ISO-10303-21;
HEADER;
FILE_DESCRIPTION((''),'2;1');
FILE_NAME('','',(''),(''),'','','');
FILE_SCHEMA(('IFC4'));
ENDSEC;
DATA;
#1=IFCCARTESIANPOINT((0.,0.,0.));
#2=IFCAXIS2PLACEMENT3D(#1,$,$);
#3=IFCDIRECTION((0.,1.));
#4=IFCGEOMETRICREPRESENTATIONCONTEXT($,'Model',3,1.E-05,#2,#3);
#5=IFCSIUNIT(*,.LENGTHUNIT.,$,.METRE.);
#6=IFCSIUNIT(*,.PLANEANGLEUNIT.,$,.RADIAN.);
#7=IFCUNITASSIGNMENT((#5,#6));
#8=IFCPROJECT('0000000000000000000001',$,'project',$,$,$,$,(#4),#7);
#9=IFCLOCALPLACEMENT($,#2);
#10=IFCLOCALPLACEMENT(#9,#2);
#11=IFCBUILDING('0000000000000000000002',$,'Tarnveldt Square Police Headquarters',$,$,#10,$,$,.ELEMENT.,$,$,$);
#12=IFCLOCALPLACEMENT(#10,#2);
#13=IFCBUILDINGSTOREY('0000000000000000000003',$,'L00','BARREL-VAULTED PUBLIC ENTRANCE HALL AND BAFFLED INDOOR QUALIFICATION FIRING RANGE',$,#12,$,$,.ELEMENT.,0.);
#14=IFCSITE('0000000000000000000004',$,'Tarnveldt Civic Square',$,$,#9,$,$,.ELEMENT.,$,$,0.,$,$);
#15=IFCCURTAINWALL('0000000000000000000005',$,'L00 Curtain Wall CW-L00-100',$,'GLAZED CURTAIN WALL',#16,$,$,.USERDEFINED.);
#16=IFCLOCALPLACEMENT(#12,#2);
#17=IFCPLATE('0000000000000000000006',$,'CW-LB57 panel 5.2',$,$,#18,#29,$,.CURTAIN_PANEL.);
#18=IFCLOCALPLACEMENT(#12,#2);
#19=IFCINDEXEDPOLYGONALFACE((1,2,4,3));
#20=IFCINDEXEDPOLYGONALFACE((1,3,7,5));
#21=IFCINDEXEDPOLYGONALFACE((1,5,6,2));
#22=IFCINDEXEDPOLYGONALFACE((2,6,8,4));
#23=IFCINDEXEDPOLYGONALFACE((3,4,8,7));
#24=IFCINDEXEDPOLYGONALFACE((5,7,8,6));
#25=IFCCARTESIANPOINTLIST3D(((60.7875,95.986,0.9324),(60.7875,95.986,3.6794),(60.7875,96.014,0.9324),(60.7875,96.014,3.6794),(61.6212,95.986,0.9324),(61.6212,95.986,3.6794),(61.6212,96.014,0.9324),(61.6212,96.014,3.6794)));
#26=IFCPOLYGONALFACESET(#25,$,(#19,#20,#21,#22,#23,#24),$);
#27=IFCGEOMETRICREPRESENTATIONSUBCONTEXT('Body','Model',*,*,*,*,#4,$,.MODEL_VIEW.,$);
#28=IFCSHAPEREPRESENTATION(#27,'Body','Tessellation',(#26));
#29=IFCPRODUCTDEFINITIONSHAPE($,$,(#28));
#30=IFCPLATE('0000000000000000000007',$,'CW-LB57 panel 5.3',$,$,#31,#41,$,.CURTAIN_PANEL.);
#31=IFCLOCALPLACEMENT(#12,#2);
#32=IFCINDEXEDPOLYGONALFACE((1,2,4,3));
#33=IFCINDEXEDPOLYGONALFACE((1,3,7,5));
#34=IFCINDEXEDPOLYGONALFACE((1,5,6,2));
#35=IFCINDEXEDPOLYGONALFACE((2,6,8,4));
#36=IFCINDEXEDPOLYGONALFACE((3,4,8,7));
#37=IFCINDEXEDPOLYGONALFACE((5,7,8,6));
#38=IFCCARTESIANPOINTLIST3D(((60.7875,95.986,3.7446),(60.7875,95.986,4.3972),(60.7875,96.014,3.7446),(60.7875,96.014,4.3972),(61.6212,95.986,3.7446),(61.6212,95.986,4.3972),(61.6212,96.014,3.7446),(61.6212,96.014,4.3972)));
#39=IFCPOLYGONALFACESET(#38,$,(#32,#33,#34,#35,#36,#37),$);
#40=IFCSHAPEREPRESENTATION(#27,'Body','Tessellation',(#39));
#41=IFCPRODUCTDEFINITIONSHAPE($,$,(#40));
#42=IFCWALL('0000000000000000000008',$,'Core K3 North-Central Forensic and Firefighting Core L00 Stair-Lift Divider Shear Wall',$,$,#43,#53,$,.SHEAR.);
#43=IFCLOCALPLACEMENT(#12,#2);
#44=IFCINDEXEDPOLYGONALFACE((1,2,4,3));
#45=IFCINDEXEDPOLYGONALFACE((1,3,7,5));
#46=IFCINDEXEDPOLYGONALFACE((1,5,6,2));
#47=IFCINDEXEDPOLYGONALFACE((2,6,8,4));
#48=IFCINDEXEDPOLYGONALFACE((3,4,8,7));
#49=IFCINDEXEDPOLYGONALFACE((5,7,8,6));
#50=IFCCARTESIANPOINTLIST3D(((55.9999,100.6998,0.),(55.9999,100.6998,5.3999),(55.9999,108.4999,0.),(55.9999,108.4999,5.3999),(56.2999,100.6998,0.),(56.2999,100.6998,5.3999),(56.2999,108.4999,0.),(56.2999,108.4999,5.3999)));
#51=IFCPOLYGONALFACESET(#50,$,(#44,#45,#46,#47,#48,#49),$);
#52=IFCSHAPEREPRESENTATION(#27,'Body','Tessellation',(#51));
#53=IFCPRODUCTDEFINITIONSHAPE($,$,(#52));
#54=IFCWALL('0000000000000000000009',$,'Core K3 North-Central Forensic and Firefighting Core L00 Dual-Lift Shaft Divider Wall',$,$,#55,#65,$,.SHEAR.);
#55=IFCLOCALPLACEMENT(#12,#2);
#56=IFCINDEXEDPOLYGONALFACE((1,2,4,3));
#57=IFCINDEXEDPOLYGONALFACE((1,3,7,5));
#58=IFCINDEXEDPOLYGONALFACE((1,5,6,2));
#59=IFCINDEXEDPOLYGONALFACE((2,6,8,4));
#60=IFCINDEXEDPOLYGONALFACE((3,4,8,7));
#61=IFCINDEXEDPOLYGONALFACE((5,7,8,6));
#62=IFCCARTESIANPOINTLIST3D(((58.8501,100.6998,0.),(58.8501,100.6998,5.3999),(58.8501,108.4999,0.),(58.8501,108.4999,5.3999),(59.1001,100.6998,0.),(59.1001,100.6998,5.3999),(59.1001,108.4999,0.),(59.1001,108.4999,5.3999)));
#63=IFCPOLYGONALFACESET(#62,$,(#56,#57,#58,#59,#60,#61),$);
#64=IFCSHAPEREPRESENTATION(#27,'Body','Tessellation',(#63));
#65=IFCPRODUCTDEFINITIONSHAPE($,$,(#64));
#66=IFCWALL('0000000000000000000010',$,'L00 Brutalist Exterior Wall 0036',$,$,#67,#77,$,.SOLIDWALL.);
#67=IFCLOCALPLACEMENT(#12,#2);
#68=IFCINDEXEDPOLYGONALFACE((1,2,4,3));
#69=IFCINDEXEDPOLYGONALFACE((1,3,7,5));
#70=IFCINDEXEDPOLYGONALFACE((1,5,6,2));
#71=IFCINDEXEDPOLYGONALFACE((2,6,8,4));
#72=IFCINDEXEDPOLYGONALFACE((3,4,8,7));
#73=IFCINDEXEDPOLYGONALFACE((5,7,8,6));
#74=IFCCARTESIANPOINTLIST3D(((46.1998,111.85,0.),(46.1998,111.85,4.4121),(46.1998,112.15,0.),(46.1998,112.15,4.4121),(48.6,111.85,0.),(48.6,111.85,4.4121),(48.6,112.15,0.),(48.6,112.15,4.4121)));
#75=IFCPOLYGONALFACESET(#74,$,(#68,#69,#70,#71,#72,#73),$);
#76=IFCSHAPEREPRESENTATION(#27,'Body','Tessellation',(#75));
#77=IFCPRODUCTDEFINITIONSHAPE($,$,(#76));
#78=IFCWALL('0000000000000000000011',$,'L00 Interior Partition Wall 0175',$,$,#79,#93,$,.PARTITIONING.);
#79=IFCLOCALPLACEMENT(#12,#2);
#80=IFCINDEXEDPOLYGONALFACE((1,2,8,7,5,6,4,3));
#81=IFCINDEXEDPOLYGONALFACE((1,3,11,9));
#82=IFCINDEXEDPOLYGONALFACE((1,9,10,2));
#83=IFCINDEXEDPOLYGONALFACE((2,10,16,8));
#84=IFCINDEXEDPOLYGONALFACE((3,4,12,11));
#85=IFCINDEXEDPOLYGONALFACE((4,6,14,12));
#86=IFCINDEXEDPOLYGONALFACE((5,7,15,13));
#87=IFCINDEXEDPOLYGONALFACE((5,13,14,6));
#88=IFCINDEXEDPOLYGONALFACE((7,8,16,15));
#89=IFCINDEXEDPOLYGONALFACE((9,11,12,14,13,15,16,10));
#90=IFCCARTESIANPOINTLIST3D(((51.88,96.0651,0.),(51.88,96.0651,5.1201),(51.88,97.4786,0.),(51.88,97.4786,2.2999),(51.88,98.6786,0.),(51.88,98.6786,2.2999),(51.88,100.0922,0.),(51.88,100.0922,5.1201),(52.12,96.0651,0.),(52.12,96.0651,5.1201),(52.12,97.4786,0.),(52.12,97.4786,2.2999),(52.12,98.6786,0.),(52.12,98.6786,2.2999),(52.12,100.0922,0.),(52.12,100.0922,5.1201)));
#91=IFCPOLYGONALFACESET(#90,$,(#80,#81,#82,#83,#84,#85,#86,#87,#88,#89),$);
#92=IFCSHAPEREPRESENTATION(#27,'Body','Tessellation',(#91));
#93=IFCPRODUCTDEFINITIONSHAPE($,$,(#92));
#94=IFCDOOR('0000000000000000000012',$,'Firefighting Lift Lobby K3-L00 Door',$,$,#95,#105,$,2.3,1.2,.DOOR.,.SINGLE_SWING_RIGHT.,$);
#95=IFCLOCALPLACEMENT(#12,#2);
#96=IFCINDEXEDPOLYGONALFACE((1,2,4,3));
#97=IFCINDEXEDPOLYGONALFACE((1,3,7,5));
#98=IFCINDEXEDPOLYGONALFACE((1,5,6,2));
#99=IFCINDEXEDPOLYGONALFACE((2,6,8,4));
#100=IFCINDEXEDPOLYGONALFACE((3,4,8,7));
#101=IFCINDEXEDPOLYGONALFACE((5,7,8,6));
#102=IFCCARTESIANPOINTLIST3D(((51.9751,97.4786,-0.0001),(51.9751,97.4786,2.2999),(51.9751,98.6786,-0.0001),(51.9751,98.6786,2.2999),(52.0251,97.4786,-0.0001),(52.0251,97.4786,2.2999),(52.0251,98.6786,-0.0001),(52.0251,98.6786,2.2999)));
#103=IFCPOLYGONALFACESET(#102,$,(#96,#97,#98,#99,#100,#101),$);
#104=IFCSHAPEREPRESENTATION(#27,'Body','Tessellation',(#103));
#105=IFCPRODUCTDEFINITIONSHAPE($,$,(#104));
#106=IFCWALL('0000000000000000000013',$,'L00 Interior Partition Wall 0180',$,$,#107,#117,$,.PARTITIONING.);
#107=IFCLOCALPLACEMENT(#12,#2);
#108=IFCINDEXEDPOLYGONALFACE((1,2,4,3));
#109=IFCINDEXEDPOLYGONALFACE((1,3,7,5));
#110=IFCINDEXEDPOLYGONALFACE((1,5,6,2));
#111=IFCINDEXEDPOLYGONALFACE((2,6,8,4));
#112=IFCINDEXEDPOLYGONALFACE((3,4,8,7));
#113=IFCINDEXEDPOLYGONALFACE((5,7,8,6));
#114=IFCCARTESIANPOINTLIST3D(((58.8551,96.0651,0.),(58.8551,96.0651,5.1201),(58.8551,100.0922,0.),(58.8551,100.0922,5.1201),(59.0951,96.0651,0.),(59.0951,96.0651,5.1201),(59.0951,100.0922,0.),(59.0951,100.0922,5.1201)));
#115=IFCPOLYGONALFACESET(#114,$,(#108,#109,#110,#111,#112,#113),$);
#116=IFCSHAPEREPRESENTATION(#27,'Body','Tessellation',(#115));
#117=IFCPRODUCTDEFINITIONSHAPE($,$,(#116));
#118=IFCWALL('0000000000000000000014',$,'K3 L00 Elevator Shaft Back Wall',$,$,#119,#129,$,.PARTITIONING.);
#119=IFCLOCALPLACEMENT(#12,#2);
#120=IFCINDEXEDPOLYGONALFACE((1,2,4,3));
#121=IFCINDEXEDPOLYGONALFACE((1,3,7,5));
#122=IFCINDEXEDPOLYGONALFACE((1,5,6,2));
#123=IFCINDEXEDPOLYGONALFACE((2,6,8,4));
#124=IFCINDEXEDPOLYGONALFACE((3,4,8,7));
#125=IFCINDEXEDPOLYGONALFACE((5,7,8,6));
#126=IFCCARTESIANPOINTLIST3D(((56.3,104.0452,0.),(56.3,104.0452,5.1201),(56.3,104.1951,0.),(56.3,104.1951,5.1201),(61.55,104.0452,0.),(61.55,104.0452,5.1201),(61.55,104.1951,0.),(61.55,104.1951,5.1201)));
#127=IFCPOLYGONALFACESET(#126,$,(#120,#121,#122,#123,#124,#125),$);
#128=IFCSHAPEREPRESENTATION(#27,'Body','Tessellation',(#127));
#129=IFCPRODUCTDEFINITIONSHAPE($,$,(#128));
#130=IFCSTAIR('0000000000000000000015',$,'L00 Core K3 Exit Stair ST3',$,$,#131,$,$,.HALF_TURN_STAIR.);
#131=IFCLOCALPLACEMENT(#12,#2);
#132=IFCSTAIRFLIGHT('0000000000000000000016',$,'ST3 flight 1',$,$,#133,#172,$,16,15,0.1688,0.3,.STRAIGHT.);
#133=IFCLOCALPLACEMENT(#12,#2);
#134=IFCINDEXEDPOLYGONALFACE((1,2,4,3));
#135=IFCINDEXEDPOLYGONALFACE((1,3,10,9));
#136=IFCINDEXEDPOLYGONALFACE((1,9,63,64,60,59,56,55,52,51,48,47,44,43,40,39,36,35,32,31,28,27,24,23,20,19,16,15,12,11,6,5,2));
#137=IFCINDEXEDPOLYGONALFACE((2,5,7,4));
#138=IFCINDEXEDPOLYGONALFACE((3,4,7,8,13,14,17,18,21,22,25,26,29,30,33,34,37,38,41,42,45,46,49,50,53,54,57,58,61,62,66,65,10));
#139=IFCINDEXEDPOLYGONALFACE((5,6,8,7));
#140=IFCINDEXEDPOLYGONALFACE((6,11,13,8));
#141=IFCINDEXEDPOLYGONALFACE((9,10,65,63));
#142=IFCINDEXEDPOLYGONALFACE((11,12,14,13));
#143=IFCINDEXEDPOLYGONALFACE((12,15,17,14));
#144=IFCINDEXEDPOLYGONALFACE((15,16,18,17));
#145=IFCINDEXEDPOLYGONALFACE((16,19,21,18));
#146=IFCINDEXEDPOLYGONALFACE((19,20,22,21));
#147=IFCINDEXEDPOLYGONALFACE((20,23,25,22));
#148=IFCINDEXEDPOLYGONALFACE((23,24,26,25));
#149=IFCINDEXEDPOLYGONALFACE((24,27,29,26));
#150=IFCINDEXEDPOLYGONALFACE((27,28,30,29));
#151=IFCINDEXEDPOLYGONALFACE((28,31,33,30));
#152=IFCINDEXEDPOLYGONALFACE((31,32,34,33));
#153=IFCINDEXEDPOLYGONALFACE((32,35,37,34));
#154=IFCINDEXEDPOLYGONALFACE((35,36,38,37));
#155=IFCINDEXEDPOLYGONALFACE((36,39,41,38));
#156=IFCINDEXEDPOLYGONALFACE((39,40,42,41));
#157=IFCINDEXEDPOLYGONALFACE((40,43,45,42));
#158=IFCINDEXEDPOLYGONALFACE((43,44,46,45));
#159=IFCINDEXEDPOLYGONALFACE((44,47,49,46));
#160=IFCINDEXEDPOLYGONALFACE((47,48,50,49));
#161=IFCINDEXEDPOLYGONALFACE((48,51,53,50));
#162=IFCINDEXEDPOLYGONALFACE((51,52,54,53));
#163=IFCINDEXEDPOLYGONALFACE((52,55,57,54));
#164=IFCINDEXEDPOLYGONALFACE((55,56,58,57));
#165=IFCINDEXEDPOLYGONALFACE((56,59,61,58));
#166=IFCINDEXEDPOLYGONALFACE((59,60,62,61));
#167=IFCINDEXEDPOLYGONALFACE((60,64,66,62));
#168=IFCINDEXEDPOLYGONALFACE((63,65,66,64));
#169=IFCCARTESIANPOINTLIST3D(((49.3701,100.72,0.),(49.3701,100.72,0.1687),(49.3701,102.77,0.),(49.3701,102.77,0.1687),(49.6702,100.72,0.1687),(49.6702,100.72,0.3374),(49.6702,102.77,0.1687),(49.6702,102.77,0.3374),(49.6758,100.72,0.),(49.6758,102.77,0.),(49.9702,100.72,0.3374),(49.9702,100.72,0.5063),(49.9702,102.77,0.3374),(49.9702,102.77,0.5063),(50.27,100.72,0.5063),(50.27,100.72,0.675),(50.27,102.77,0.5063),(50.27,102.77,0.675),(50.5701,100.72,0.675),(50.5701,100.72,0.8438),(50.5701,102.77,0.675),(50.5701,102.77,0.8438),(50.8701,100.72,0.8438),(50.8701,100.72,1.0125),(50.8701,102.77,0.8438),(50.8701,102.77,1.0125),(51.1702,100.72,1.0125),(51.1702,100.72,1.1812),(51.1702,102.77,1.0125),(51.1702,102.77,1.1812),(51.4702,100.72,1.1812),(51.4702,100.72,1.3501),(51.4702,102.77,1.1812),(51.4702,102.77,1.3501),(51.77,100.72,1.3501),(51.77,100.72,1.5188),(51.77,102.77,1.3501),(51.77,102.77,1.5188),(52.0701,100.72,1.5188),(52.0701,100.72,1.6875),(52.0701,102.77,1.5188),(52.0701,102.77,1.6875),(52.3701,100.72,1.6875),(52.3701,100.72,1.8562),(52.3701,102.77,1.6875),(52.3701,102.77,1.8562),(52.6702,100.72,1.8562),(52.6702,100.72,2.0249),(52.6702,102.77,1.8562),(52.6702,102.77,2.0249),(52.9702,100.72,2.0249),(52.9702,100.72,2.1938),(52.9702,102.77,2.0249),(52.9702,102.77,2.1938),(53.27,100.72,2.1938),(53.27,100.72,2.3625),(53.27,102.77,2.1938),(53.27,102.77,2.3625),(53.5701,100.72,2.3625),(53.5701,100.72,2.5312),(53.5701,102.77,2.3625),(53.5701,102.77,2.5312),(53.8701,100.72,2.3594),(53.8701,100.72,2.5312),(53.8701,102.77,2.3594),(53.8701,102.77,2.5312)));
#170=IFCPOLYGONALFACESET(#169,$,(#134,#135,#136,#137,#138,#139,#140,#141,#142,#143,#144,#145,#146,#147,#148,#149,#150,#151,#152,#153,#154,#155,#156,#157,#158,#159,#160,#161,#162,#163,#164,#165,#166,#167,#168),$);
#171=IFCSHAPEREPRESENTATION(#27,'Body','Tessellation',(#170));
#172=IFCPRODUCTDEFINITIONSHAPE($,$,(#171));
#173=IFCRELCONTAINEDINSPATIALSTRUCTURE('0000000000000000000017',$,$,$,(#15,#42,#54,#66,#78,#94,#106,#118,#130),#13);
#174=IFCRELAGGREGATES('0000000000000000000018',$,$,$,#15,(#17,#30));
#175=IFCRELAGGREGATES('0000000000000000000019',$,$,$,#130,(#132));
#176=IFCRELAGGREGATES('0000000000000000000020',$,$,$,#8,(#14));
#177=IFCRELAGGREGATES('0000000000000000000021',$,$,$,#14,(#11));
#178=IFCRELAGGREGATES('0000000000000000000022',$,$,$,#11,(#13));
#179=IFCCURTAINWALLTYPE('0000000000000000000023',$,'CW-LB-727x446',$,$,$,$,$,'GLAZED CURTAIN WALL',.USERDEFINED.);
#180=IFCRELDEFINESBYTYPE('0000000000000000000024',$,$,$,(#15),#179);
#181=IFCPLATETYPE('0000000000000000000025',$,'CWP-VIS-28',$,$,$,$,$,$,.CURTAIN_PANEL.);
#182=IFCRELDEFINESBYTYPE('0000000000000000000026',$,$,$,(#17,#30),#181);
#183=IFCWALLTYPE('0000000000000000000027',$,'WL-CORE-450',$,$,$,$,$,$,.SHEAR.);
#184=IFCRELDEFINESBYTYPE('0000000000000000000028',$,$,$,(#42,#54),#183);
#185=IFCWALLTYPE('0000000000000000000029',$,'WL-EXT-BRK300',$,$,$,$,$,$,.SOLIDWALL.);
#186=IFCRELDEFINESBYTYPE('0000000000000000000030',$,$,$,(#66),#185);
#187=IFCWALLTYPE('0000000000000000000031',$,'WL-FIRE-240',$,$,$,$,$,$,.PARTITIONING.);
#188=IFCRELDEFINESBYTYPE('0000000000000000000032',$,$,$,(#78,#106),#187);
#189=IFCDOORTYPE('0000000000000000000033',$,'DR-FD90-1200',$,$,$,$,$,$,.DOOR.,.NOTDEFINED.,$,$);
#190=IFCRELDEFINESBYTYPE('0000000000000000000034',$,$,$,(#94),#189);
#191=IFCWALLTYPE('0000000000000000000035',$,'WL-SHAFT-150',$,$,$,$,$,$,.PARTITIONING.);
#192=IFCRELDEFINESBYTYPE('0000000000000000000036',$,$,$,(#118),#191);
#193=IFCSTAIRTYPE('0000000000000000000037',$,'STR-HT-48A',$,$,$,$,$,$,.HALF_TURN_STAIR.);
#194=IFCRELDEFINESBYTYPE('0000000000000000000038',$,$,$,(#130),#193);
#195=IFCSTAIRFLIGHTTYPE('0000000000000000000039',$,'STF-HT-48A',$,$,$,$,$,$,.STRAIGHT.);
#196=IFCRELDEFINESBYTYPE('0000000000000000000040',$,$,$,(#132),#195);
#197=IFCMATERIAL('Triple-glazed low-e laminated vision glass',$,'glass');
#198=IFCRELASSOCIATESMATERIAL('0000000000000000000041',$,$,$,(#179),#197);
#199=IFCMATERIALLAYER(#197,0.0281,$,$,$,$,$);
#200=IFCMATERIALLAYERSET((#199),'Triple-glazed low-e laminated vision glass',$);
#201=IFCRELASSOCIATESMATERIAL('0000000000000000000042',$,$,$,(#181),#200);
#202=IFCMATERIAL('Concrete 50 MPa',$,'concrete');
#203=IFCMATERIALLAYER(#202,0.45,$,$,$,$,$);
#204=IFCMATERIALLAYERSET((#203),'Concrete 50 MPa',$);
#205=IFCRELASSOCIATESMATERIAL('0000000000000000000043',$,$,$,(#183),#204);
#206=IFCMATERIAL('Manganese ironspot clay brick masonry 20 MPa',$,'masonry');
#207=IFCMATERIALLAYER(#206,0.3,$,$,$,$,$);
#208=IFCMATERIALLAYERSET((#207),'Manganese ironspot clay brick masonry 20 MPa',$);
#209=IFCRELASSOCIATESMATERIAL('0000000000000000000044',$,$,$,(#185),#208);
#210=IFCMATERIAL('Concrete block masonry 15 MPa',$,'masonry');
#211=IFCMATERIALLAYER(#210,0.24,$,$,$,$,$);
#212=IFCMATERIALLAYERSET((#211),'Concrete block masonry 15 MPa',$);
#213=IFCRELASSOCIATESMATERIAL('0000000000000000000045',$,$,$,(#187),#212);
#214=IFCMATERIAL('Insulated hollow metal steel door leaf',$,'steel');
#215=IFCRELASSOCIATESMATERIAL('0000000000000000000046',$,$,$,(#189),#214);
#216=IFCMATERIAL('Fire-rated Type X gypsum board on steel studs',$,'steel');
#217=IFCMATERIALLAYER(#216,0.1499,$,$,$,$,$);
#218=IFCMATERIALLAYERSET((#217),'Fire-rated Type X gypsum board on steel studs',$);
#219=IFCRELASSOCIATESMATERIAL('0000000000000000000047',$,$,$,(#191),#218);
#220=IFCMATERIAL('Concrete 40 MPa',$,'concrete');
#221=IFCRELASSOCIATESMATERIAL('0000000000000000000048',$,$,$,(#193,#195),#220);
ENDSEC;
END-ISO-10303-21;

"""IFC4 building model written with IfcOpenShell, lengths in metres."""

from ifc_helpers import new_model, si_unit, direction, frame, frame_2d, origin, origin_2d, place, context, subcontext, project, spatial, polyline, rectangle, outline, extrude, material, layer, layer_set, type_object, element, fill, aggregate, save


model = new_model("IFC4")

# Units and contexts
model_context = context("Model", 3, precision=1e-05, world=origin(), true_north=direction((0.0, 1.0)))
body_context = subcontext(model_context, "Body", "Model", "MODEL_VIEW")
ifc_project = project(units=[si_unit("LENGTHUNIT", "METRE"), si_unit("PLANEANGLEUNIT", "RADIAN")], contexts=[model_context])

# Site, building, storey
site_placement = place(None, origin())
site = spatial("IfcSite", under=ifc_project, at=site_placement, Name="Tarnveldt Civic Square", CompositionType="ELEMENT", RefElevation=0.0)
building_placement = place(site_placement, origin())
building = spatial("IfcBuilding", under=site, at=building_placement, Name="Tarnveldt Square Police Headquarters", CompositionType="ELEMENT")
storey_placement = place(building_placement, origin())
storey = spatial("IfcBuildingStorey", under=building, at=storey_placement, Name="L00", Description="BARREL-VAULTED PUBLIC ENTRANCE HALL AND BAFFLED INDOOR QUALIFICATION FIRING RANGE", CompositionType="ELEMENT", Elevation=0.0)

# Shared definitions
ifc_material_1 = material(Name="Concrete 50 MPa", Category="concrete")

# Shared definitions
ifc_material_2 = material(Name="Concrete 40 MPa", Category="concrete")

# Curtain wall, plates
ifc_material_3 = material(Name="Triple-glazed low-e laminated vision glass", Category="glass")
curtain_wall_type = type_object("IfcCurtainWallType", Name="CW-LB-727x446", ElementType="GLAZED CURTAIN WALL", PredefinedType="USERDEFINED", material=ifc_material_3)
curtain_wall_placement = place(storey_placement, origin())
curtain_wall = element("IfcCurtainWall", 1, at=curtain_wall_placement, inside=storey, type_object=curtain_wall_type, Name="L00 Curtain Wall CW-L00-100", ObjectType="GLAZED CURTAIN WALL", PredefinedType="USERDEFINED")
ifc_layer_1 = layer(ifc_material_3, 0.0281)
ifc_layer_set_1 = layer_set([ifc_layer_1], Name="Triple-glazed low-e laminated vision glass")
plate_type = type_object("IfcPlateType", Name="CWP-VIS-28", PredefinedType="CURTAIN_PANEL", material=ifc_layer_set_1)
plate_1_placement = place(storey_placement, frame((61.2043, 96.0, 0.9324), z_axis=(0.0, 0.0, 1.0), x_axis=(1.0, 0.0, 0.0)))
plate_1 = element("IfcPlate", 2, at=plate_1_placement, type_object=plate_type, Name="CW-LB57 panel 5.2", PredefinedType="CURTAIN_PANEL", context=body_context, shape_type="SweptSolid", body=[
    extrude(rectangle(XDim=0.8337, YDim=0.0281, at=origin_2d()), origin(), (0.0, 0.0, 1.0), 2.7471),
])
plate_2_placement = place(storey_placement, frame((61.2043, 96.0, 3.7446), z_axis=(0.0, 0.0, 1.0), x_axis=(1.0, 0.0, 0.0)))
plate_2 = element("IfcPlate", 3, at=plate_2_placement, type_object=plate_type, Name="CW-LB57 panel 5.3", PredefinedType="CURTAIN_PANEL", context=body_context, shape_type="SweptSolid", body=[
    extrude(rectangle(XDim=0.8337, YDim=0.0281, at=origin_2d()), origin(), (0.0, 0.0, 1.0), 0.6526),
])
aggregate(curtain_wall, [plate_1, plate_2])

# Walls
ifc_layer_2 = layer(ifc_material_1, 0.45)
ifc_layer_set_2 = layer_set([ifc_layer_2], Name="Concrete 50 MPa")
wall_type_1 = type_object("IfcWallType", Name="WL-CORE-450", PredefinedType="SHEAR", material=ifc_layer_set_2)
wall_1_placement = place(storey_placement, frame((56.1499, 100.7, 0.0), z_axis=(0.0, 0.0, 1.0), x_axis=(0.0, 1.0, 0.0)))
element("IfcWall", 4, at=wall_1_placement, inside=storey, type_object=wall_type_1, Name="Core K3 North-Central Forensic and Firefighting Core L00 Stair-Lift Divider Shear Wall", PredefinedType="SHEAR", context=body_context, shape_type="SweptSolid", body=[
    extrude(rectangle(XDim=7.8, YDim=0.3, at=frame_2d((3.8999, 0.0))), origin(), (0.0, 0.0, 1.0), 5.3999),
])
wall_2_placement = place(storey_placement, frame((58.9751, 100.7, 0.0), z_axis=(0.0, 0.0, 1.0), x_axis=(0.0, 1.0, 0.0)))
element("IfcWall", 5, at=wall_2_placement, inside=storey, type_object=wall_type_1, Name="Core K3 North-Central Forensic and Firefighting Core L00 Dual-Lift Shaft Divider Wall", PredefinedType="SHEAR", context=body_context, shape_type="SweptSolid", body=[
    extrude(rectangle(XDim=7.8, YDim=0.25, at=frame_2d((3.8999, 0.0))), origin(), (0.0, 0.0, 1.0), 5.3999),
])
ifc_material_4 = material(Name="Manganese ironspot clay brick masonry 20 MPa", Category="masonry")
ifc_layer_3 = layer(ifc_material_4, 0.3)
ifc_layer_set_3 = layer_set([ifc_layer_3], Name="Manganese ironspot clay brick masonry 20 MPa")
wall_type_2 = type_object("IfcWallType", Name="WL-EXT-BRK300", PredefinedType="SOLIDWALL", material=ifc_layer_set_3)
wall_3_placement = place(storey_placement, frame((48.6001, 112.0, 0.0), z_axis=(0.0, 0.0, 1.0), x_axis=(-1.0, 0.0, 0.0)))
element("IfcWall", 6, at=wall_3_placement, inside=storey, type_object=wall_type_2, Name="L00 Brutalist Exterior Wall 0036", PredefinedType="SOLIDWALL", context=body_context, shape_type="SweptSolid", body=[
    extrude(rectangle(XDim=2.4001, YDim=0.3, at=frame_2d((1.2002, 0.0))), origin(), (0.0, 0.0, 1.0), 4.4121),
])

# Wall, opening, door
ifc_material_5 = material(Name="Concrete block masonry 15 MPa", Category="masonry")
ifc_layer_4 = layer(ifc_material_5, 0.24)
ifc_layer_set_4 = layer_set([ifc_layer_4], Name="Concrete block masonry 15 MPa")
wall_type_3 = type_object("IfcWallType", Name="WL-FIRE-240", PredefinedType="PARTITIONING", material=ifc_layer_set_4)
wall_4_placement = place(storey_placement, frame((52.0, 96.0649, 0.0), z_axis=(0.0, 0.0, 1.0), x_axis=(0.0, 1.0, 0.0)))
wall_4 = element("IfcWall", 7, at=wall_4_placement, inside=storey, type_object=wall_type_3, Name="L00 Interior Partition Wall 0175", PredefinedType="PARTITIONING", context=body_context, shape_type="SweptSolid", body=[
    extrude(rectangle(XDim=4.0271, YDim=0.24, at=frame_2d((2.0137, 0.0))), origin(), (0.0, 0.0, 1.0), 5.1201),
])
opening_placement = place(wall_4_placement, frame((1.4136, 0.0, 0.0)))
opening = element("IfcOpeningElement", 8, at=opening_placement, cuts=wall_4, PredefinedType="OPENING", context=body_context, shape_type="SweptSolid", body=[
    extrude(rectangle(XDim=1.2, YDim=2.3, at=frame_2d((0.6001, 1.1499))), frame((0.0, 0.1299, 0.0), z_axis=(0.0, -1.0, 0.0), x_axis=(1.0, 0.0, 0.0)), (0.0, 0.0, 1.0), 0.26),
])
ifc_material_6 = material(Name="Insulated hollow metal steel door leaf", Category="steel")
door_type = type_object("IfcDoorType", Name="DR-FD90-1200", OperationType="NOTDEFINED", PredefinedType="DOOR", material=ifc_material_6)
door_placement = place(opening_placement, origin())
door = element("IfcDoor", 9, at=door_placement, inside=storey, type_object=door_type, Name="Firefighting Lift Lobby K3-L00 Door", OperationType="SINGLE_SWING_RIGHT", OverallHeight=2.3, OverallWidth=1.2, PredefinedType="DOOR", context=body_context, shape_type="SweptSolid", body=[
    extrude(rectangle(XDim=1.2, YDim=2.3, at=frame_2d((0.6001, 1.1499))), frame((0.0, 0.0249, 0.0), z_axis=(0.0, -1.0, 0.0), x_axis=(1.0, 0.0, 0.0)), (0.0, 0.0, 1.0), 0.05),
])
fill(opening, door)

# Walls
wall_5_placement = place(storey_placement, frame((58.9751, 96.0649, 0.0), z_axis=(0.0, 0.0, 1.0), x_axis=(0.0, 1.0, 0.0)))
element("IfcWall", 10, at=wall_5_placement, inside=storey, type_object=wall_type_3, Name="L00 Interior Partition Wall 0180", PredefinedType="PARTITIONING", context=body_context, shape_type="SweptSolid", body=[
    extrude(rectangle(XDim=4.0271, YDim=0.24, at=frame_2d((2.0137, 0.0))), origin(), (0.0, 0.0, 1.0), 5.1201),
])
ifc_material_7 = material(Name="Fire-rated Type X gypsum board on steel studs", Category="steel")
ifc_layer_5 = layer(ifc_material_7, 0.1499)
ifc_layer_set_5 = layer_set([ifc_layer_5], Name="Fire-rated Type X gypsum board on steel studs")
wall_type_4 = type_object("IfcWallType", Name="WL-SHAFT-150", PredefinedType="PARTITIONING", material=ifc_layer_set_5)
wall_6_placement = place(storey_placement, frame((56.3, 104.1201, 0.0), z_axis=(0.0, 0.0, 1.0), x_axis=(1.0, 0.0, 0.0)))
element("IfcWall", 11, at=wall_6_placement, inside=storey, type_object=wall_type_4, Name="K3 L00 Elevator Shaft Back Wall", PredefinedType="PARTITIONING", context=body_context, shape_type="SweptSolid", body=[
    extrude(rectangle(XDim=5.25, YDim=0.1499, at=frame_2d((2.625, 0.0))), origin(), (0.0, 0.0, 1.0), 5.1201),
])

# Stair, stair flight
stair_type = type_object("IfcStairType", Name="STR-HT-48A", PredefinedType="HALF_TURN_STAIR", material=ifc_material_2)
stair_placement = place(storey_placement, origin())
stair = element("IfcStair", 12, at=stair_placement, inside=storey, type_object=stair_type, Name="L00 Core K3 Exit Stair ST3", PredefinedType="HALF_TURN_STAIR")
stair_flight_type = type_object("IfcStairFlightType", Name="STF-HT-48A", PredefinedType="STRAIGHT", material=ifc_material_2)
stair_flight_1_placement = place(storey_placement, frame((49.3701, 101.7451, 0.0), z_axis=(0.0, 0.0, 1.0), x_axis=(1.0, 0.0, 0.0)))
stair_flight_1 = element("IfcStairFlight", 13, at=stair_flight_1_placement, type_object=stair_flight_type, Name="ST3 flight 1", NumberOfRisers=16, NumberOfTreads=15, PredefinedType="STRAIGHT", RiserHeight=0.1688, TreadLength=0.3, context=body_context, shape_type="SweptSolid", body=[
    extrude(outline(polyline([(0.0, 0.0), (0.0, 0.1687), (0.3, 0.1687), (0.3, 0.3374), (0.6001, 0.3374), (0.6001, 0.5063), (0.8999, 0.5063), (0.8999, 0.675), (1.2, 0.675), (1.2, 0.8438), (1.5, 0.8438), (1.5, 1.0125), (1.8, 1.0125), (1.8, 1.1812), (2.1001, 1.1812), (2.1001, 1.3501), (2.3999, 1.3501), (2.3999, 1.5188), (2.7, 1.5188), (2.7, 1.6875), (3.0, 1.6875), (3.0, 1.8562), (3.3, 1.8562), (3.3, 2.0249), (3.6001, 2.0249), (3.6001, 2.1938), (3.8999, 2.1938), (3.8999, 2.3625), (4.2, 2.3625), (4.2, 2.5312), (4.5, 2.5312), (4.5, 2.7), (4.5, 2.3594), (0.3057, 0.0), (0.0, 0.0)])), frame((0.0, 1.0249, 0.0), z_axis=(0.0, -1.0, 0.0), x_axis=(1.0, 0.0, 0.0)), (0.0, 0.0, 1.0), 2.05),
])
aggregate(stair, [stair_flight_1])

save(model, "model.ifc")
